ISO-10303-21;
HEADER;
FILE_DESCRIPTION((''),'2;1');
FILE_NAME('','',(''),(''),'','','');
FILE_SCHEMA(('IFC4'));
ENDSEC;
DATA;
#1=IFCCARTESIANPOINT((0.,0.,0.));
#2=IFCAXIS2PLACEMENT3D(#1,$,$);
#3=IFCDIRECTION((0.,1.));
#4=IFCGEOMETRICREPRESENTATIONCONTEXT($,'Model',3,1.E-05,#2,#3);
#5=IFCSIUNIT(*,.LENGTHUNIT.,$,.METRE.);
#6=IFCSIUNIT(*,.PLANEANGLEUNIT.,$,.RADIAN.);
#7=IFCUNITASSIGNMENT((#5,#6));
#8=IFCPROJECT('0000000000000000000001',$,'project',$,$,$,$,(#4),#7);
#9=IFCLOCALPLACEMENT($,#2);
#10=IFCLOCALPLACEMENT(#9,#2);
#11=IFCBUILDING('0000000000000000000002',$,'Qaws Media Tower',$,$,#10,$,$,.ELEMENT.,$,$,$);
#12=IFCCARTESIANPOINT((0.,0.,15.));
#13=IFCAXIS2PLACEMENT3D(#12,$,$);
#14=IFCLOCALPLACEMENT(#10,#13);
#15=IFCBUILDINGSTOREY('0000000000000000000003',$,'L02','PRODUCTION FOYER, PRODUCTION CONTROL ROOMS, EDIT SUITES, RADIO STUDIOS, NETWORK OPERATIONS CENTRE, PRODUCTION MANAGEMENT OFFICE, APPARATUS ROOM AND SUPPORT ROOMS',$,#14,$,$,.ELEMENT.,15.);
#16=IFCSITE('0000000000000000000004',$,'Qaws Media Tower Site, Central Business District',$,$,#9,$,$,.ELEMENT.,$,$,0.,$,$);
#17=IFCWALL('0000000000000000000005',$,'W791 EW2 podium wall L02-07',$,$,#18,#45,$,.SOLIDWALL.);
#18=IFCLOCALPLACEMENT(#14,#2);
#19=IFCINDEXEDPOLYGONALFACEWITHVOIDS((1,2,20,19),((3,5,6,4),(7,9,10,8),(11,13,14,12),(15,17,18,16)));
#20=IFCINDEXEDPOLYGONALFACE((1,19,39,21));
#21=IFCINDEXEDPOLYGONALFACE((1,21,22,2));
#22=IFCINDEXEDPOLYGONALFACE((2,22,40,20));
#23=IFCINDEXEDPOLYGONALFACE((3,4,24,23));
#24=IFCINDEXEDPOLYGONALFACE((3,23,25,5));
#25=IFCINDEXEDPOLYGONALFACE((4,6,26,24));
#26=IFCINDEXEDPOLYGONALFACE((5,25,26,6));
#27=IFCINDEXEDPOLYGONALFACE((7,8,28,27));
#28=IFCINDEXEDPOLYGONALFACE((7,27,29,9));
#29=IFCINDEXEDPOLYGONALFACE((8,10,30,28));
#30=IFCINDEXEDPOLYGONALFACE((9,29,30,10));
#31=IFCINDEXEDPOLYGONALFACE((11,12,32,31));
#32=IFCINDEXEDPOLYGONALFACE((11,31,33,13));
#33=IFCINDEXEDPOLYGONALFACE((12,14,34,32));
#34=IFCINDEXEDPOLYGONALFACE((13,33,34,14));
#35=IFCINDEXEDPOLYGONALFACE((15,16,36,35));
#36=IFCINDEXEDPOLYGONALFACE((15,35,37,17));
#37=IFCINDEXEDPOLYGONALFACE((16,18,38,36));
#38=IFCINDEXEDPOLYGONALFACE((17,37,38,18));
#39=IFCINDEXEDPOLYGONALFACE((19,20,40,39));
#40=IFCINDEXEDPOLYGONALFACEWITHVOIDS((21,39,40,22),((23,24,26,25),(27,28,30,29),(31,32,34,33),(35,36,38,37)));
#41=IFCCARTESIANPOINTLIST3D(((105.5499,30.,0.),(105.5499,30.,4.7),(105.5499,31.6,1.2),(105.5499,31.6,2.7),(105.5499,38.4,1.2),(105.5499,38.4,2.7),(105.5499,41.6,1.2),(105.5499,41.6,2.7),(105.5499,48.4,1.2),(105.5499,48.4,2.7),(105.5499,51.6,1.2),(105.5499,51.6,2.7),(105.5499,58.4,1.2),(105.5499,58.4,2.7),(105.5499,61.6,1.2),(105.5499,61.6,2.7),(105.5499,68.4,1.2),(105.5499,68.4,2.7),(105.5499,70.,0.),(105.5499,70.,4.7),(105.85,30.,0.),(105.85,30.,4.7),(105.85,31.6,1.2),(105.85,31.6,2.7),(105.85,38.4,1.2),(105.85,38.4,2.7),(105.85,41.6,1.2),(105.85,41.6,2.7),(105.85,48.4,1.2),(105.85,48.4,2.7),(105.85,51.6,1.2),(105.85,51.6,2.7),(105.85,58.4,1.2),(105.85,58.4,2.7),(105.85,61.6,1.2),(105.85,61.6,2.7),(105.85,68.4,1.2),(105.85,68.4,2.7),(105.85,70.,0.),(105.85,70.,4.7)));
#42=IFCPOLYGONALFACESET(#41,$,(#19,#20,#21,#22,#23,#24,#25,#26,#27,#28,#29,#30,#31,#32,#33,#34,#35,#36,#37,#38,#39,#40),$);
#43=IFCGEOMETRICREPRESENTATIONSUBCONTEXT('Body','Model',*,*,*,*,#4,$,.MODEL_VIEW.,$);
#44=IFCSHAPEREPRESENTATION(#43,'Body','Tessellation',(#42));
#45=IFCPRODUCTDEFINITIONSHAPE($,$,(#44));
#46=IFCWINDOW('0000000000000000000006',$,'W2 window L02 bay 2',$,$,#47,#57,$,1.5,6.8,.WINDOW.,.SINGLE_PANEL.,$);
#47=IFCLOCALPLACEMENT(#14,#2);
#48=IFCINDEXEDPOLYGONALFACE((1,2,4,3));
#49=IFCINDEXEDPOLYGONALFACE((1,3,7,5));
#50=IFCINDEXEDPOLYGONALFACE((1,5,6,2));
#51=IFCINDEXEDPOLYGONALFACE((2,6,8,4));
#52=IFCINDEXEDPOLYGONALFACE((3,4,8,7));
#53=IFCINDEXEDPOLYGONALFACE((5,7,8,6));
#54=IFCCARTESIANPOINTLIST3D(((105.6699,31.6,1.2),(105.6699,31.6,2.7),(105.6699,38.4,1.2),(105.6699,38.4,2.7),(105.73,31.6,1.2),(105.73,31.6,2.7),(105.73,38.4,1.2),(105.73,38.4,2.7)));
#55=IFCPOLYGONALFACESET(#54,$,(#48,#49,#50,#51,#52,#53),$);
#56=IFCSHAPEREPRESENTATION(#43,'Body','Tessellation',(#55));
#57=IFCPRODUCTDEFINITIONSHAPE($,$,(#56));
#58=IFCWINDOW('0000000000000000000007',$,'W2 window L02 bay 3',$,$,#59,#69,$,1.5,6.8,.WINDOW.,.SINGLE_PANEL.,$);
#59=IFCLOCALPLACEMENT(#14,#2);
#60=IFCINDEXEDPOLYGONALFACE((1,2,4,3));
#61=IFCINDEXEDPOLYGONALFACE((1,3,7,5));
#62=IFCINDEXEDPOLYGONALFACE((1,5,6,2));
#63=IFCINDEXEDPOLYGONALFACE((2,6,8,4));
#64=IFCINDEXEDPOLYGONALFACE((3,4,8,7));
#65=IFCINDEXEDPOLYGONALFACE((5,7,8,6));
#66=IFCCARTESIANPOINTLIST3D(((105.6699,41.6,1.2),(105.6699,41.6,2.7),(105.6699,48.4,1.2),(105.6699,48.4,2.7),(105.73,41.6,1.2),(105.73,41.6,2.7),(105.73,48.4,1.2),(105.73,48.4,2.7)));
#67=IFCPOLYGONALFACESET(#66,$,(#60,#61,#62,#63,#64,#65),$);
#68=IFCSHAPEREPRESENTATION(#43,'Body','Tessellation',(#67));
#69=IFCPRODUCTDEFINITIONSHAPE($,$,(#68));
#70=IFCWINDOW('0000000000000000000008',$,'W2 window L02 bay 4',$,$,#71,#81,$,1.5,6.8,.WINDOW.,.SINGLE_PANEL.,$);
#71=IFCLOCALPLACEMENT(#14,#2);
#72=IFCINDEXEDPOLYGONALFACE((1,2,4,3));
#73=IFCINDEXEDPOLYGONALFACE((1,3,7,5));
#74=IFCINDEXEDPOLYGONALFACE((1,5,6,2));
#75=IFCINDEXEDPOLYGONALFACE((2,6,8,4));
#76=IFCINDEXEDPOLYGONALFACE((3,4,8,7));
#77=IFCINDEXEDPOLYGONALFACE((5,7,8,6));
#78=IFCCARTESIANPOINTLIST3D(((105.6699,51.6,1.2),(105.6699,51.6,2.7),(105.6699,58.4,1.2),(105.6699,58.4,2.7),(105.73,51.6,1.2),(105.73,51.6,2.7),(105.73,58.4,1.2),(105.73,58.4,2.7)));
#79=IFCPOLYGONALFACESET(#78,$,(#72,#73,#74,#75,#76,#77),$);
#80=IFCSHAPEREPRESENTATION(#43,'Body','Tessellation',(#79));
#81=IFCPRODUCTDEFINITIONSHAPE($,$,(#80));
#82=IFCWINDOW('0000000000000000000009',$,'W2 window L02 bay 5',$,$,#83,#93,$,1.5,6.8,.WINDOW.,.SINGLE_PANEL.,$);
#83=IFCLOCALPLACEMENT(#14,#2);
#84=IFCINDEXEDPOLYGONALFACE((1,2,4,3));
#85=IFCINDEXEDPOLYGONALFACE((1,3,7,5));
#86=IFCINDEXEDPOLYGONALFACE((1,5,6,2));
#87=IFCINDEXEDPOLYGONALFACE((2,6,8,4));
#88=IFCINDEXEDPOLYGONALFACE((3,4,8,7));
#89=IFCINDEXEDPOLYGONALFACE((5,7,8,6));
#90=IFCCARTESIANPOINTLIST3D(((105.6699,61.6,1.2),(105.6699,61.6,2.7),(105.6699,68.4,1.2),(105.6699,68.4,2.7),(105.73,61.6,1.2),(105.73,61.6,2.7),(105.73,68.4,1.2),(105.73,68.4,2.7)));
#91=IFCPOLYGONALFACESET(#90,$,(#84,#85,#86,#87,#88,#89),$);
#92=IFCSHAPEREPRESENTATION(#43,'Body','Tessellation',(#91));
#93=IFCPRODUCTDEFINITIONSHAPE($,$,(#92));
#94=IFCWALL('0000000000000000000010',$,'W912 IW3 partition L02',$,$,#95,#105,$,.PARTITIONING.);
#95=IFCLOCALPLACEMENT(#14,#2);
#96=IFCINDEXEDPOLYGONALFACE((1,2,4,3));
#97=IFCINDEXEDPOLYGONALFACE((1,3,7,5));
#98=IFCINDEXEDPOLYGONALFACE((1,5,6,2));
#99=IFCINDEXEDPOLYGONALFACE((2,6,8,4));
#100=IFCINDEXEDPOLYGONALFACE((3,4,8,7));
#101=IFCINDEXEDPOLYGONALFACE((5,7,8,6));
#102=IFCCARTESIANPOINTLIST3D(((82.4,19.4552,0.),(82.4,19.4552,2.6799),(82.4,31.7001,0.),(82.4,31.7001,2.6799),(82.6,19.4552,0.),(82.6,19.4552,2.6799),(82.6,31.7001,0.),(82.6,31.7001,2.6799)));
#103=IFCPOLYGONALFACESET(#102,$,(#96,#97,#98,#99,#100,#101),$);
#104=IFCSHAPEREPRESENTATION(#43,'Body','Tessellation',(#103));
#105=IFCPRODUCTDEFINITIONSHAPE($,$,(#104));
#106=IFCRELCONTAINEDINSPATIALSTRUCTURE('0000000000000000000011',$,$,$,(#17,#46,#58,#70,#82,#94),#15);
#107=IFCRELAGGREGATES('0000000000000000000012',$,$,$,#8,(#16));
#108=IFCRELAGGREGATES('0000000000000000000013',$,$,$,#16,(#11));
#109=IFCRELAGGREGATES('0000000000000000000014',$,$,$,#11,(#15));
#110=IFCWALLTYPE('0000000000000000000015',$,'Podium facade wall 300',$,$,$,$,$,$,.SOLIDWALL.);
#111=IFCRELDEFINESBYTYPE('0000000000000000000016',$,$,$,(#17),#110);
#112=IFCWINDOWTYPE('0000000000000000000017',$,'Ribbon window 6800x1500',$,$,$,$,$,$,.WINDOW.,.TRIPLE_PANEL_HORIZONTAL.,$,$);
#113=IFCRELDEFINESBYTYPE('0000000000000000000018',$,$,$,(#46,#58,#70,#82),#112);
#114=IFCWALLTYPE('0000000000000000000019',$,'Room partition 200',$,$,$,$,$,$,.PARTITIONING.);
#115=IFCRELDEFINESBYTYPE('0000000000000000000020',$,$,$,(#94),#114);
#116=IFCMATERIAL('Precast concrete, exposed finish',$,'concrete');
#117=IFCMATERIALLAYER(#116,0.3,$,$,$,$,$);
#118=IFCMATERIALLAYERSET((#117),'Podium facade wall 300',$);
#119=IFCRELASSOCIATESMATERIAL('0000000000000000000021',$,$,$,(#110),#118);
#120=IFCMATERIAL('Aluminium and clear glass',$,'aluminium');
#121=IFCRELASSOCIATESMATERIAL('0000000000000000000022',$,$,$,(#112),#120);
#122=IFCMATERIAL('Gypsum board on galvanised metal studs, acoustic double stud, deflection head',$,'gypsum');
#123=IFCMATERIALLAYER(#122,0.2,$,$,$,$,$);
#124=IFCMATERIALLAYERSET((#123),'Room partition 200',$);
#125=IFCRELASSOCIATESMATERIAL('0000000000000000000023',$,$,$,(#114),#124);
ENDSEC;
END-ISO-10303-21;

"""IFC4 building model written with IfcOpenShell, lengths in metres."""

from ifc_helpers import new_model, si_unit, direction, frame, frame_2d, origin, place, context, subcontext, project, spatial, rectangle, extrude, material, layer, layer_set, type_object, element, fill, save


model = new_model("IFC4")

# Units and contexts
model_context = context("Model", 3, precision=1e-05, world=origin(), true_north=direction((0.0, 1.0)))
body_context = subcontext(model_context, "Body", "Model", "MODEL_VIEW")
ifc_project = project(units=[si_unit("LENGTHUNIT", "METRE"), si_unit("PLANEANGLEUNIT", "RADIAN")], contexts=[model_context])

# Site, building, storey
site_placement = place(None, origin())
site = spatial("IfcSite", under=ifc_project, at=site_placement, Name="Qaws Media Tower Site, Central Business District", CompositionType="ELEMENT", RefElevation=0.0)
building_placement = place(site_placement, origin())
building = spatial("IfcBuilding", under=site, at=building_placement, Name="Qaws Media Tower", CompositionType="ELEMENT")
storey_placement = place(building_placement, frame((0.0, 0.0, 15.0)))
storey = spatial("IfcBuildingStorey", under=building, at=storey_placement, Name="L02", Description="PRODUCTION FOYER, PRODUCTION CONTROL ROOMS, EDIT SUITES, RADIO STUDIOS, NETWORK OPERATIONS CENTRE, PRODUCTION MANAGEMENT OFFICE, APPARATUS ROOM AND SUPPORT ROOMS", CompositionType="ELEMENT", Elevation=15.0)

# Shared definitions
ifc_material_1 = material(Name="Precast concrete, exposed finish", Category="concrete")
ifc_layer_1 = layer(ifc_material_1, 0.3)
ifc_layer_set_1 = layer_set([ifc_layer_1], Name="Podium facade wall 300")
wall_type_1 = type_object("IfcWallType", Name="Podium facade wall 300", PredefinedType="SOLIDWALL", material=ifc_layer_set_1)

# Wall, openings, windows
wall_1_placement = place(storey_placement, frame((105.7, 30.0, 0.0), z_axis=(0.0, 0.0, 1.0), x_axis=(0.0, 1.0, 0.0)))
wall_1 = element("IfcWall", 1, at=wall_1_placement, inside=storey, type_object=wall_type_1, Name="W791 EW2 podium wall L02-07", PredefinedType="SOLIDWALL", context=body_context, shape_type="SweptSolid", body=[
    extrude(rectangle(XDim=40.0, YDim=0.3, at=frame_2d((20.0, 0.0))), origin(), (0.0, 0.0, 1.0), 4.7),
])
opening_1_placement = place(wall_1_placement, frame((1.6001, 0.0, 1.2)))
opening_1 = element("IfcOpeningElement", 2, at=opening_1_placement, cuts=wall_1, PredefinedType="OPENING", context=body_context, shape_type="SweptSolid", body=[
    extrude(rectangle(XDim=6.8, YDim=1.5, at=frame_2d((3.3999, 0.75))), frame((0.0, 0.1599, 0.0), z_axis=(0.0, -1.0, 0.0), x_axis=(1.0, 0.0, 0.0)), (0.0, 0.0, 1.0), 0.3201),
])
opening_2_placement = place(wall_1_placement, frame((11.6001, 0.0, 1.2)))
opening_2 = element("IfcOpeningElement", 3, at=opening_2_placement, cuts=wall_1, PredefinedType="OPENING", context=body_context, shape_type="SweptSolid", body=[
    extrude(rectangle(XDim=6.8, YDim=1.5, at=frame_2d((3.3999, 0.75))), frame((0.0, 0.1599, 0.0), z_axis=(0.0, -1.0, 0.0), x_axis=(1.0, 0.0, 0.0)), (0.0, 0.0, 1.0), 0.3201),
])
opening_3_placement = place(wall_1_placement, frame((21.6001, 0.0, 1.2)))
opening_3 = element("IfcOpeningElement", 4, at=opening_3_placement, cuts=wall_1, PredefinedType="OPENING", context=body_context, shape_type="SweptSolid", body=[
    extrude(rectangle(XDim=6.8, YDim=1.5, at=frame_2d((3.3999, 0.75))), frame((0.0, 0.1599, 0.0), z_axis=(0.0, -1.0, 0.0), x_axis=(1.0, 0.0, 0.0)), (0.0, 0.0, 1.0), 0.3201),
])
opening_4_placement = place(wall_1_placement, frame((31.6001, 0.0, 1.2)))
opening_4 = element("IfcOpeningElement", 5, at=opening_4_placement, cuts=wall_1, PredefinedType="OPENING", context=body_context, shape_type="SweptSolid", body=[
    extrude(rectangle(XDim=6.8, YDim=1.5, at=frame_2d((3.3999, 0.75))), frame((0.0, 0.1599, 0.0), z_axis=(0.0, -1.0, 0.0), x_axis=(1.0, 0.0, 0.0)), (0.0, 0.0, 1.0), 0.3201),
])
ifc_material_2 = material(Name="Aluminium and clear glass", Category="aluminium")
window_type = type_object("IfcWindowType", Name="Ribbon window 6800x1500", PartitioningType="TRIPLE_PANEL_HORIZONTAL", PredefinedType="WINDOW", material=ifc_material_2)
window_1_placement = place(opening_1_placement, origin())
window_1 = element("IfcWindow", 6, at=window_1_placement, inside=storey, type_object=window_type, Name="W2 window L02 bay 2", OverallHeight=1.5, OverallWidth=6.8, PartitioningType="SINGLE_PANEL", PredefinedType="WINDOW", context=body_context, shape_type="SweptSolid", body=[
    extrude(rectangle(XDim=6.8, YDim=1.5, at=frame_2d((3.3999, 0.75))), frame((0.0, 0.03, 0.0), z_axis=(0.0, -1.0, 0.0), x_axis=(1.0, 0.0, 0.0)), (0.0, 0.0, 1.0), 0.0601),
])
fill(opening_1, window_1)
window_2_placement = place(opening_2_placement, origin())
window_2 = element("IfcWindow", 7, at=window_2_placement, inside=storey, type_object=window_type, Name="W2 window L02 bay 3", OverallHeight=1.5, OverallWidth=6.8, PartitioningType="SINGLE_PANEL", PredefinedType="WINDOW", context=body_context, shape_type="SweptSolid", body=[
    extrude(rectangle(XDim=6.8, YDim=1.5, at=frame_2d((3.3999, 0.75))), frame((0.0, 0.03, 0.0), z_axis=(0.0, -1.0, 0.0), x_axis=(1.0, 0.0, 0.0)), (0.0, 0.0, 1.0), 0.0601),
])
fill(opening_2, window_2)
window_3_placement = place(opening_3_placement, origin())
window_3 = element("IfcWindow", 8, at=window_3_placement, inside=storey, type_object=window_type, Name="W2 window L02 bay 4", OverallHeight=1.5, OverallWidth=6.8, PartitioningType="SINGLE_PANEL", PredefinedType="WINDOW", context=body_context, shape_type="SweptSolid", body=[
    extrude(rectangle(XDim=6.8, YDim=1.5, at=frame_2d((3.3999, 0.75))), frame((0.0, 0.03, 0.0), z_axis=(0.0, -1.0, 0.0), x_axis=(1.0, 0.0, 0.0)), (0.0, 0.0, 1.0), 0.0601),
])
fill(opening_3, window_3)
window_4_placement = place(opening_4_placement, origin())
window_4 = element("IfcWindow", 9, at=window_4_placement, inside=storey, type_object=window_type, Name="W2 window L02 bay 5", OverallHeight=1.5, OverallWidth=6.8, PartitioningType="SINGLE_PANEL", PredefinedType="WINDOW", context=body_context, shape_type="SweptSolid", body=[
    extrude(rectangle(XDim=6.8, YDim=1.5, at=frame_2d((3.3999, 0.75))), frame((0.0, 0.03, 0.0), z_axis=(0.0, -1.0, 0.0), x_axis=(1.0, 0.0, 0.0)), (0.0, 0.0, 1.0), 0.0601),
])
fill(opening_4, window_4)

# Wall
ifc_material_3 = material(Name="Gypsum board on galvanised metal studs, acoustic double stud, deflection head", Category="gypsum")
ifc_layer_2 = layer(ifc_material_3, 0.2)
ifc_layer_set_2 = layer_set([ifc_layer_2], Name="Room partition 200")
wall_type_2 = type_object("IfcWallType", Name="Room partition 200", PredefinedType="PARTITIONING", material=ifc_layer_set_2)
wall_2_placement = place(storey_placement, frame((82.5, 19.4551, 0.0), z_axis=(0.0, 0.0, 1.0), x_axis=(0.0, 1.0, 0.0)))
element("IfcWall", 10, at=wall_2_placement, inside=storey, type_object=wall_type_2, Name="W912 IW3 partition L02", PredefinedType="PARTITIONING", context=body_context, shape_type="SweptSolid", body=[
    extrude(rectangle(XDim=12.2449, YDim=0.2, at=frame_2d((6.1226, 0.0))), origin(), (0.0, 0.0, 1.0), 2.6799),
])

save(model, "model.ifc")
